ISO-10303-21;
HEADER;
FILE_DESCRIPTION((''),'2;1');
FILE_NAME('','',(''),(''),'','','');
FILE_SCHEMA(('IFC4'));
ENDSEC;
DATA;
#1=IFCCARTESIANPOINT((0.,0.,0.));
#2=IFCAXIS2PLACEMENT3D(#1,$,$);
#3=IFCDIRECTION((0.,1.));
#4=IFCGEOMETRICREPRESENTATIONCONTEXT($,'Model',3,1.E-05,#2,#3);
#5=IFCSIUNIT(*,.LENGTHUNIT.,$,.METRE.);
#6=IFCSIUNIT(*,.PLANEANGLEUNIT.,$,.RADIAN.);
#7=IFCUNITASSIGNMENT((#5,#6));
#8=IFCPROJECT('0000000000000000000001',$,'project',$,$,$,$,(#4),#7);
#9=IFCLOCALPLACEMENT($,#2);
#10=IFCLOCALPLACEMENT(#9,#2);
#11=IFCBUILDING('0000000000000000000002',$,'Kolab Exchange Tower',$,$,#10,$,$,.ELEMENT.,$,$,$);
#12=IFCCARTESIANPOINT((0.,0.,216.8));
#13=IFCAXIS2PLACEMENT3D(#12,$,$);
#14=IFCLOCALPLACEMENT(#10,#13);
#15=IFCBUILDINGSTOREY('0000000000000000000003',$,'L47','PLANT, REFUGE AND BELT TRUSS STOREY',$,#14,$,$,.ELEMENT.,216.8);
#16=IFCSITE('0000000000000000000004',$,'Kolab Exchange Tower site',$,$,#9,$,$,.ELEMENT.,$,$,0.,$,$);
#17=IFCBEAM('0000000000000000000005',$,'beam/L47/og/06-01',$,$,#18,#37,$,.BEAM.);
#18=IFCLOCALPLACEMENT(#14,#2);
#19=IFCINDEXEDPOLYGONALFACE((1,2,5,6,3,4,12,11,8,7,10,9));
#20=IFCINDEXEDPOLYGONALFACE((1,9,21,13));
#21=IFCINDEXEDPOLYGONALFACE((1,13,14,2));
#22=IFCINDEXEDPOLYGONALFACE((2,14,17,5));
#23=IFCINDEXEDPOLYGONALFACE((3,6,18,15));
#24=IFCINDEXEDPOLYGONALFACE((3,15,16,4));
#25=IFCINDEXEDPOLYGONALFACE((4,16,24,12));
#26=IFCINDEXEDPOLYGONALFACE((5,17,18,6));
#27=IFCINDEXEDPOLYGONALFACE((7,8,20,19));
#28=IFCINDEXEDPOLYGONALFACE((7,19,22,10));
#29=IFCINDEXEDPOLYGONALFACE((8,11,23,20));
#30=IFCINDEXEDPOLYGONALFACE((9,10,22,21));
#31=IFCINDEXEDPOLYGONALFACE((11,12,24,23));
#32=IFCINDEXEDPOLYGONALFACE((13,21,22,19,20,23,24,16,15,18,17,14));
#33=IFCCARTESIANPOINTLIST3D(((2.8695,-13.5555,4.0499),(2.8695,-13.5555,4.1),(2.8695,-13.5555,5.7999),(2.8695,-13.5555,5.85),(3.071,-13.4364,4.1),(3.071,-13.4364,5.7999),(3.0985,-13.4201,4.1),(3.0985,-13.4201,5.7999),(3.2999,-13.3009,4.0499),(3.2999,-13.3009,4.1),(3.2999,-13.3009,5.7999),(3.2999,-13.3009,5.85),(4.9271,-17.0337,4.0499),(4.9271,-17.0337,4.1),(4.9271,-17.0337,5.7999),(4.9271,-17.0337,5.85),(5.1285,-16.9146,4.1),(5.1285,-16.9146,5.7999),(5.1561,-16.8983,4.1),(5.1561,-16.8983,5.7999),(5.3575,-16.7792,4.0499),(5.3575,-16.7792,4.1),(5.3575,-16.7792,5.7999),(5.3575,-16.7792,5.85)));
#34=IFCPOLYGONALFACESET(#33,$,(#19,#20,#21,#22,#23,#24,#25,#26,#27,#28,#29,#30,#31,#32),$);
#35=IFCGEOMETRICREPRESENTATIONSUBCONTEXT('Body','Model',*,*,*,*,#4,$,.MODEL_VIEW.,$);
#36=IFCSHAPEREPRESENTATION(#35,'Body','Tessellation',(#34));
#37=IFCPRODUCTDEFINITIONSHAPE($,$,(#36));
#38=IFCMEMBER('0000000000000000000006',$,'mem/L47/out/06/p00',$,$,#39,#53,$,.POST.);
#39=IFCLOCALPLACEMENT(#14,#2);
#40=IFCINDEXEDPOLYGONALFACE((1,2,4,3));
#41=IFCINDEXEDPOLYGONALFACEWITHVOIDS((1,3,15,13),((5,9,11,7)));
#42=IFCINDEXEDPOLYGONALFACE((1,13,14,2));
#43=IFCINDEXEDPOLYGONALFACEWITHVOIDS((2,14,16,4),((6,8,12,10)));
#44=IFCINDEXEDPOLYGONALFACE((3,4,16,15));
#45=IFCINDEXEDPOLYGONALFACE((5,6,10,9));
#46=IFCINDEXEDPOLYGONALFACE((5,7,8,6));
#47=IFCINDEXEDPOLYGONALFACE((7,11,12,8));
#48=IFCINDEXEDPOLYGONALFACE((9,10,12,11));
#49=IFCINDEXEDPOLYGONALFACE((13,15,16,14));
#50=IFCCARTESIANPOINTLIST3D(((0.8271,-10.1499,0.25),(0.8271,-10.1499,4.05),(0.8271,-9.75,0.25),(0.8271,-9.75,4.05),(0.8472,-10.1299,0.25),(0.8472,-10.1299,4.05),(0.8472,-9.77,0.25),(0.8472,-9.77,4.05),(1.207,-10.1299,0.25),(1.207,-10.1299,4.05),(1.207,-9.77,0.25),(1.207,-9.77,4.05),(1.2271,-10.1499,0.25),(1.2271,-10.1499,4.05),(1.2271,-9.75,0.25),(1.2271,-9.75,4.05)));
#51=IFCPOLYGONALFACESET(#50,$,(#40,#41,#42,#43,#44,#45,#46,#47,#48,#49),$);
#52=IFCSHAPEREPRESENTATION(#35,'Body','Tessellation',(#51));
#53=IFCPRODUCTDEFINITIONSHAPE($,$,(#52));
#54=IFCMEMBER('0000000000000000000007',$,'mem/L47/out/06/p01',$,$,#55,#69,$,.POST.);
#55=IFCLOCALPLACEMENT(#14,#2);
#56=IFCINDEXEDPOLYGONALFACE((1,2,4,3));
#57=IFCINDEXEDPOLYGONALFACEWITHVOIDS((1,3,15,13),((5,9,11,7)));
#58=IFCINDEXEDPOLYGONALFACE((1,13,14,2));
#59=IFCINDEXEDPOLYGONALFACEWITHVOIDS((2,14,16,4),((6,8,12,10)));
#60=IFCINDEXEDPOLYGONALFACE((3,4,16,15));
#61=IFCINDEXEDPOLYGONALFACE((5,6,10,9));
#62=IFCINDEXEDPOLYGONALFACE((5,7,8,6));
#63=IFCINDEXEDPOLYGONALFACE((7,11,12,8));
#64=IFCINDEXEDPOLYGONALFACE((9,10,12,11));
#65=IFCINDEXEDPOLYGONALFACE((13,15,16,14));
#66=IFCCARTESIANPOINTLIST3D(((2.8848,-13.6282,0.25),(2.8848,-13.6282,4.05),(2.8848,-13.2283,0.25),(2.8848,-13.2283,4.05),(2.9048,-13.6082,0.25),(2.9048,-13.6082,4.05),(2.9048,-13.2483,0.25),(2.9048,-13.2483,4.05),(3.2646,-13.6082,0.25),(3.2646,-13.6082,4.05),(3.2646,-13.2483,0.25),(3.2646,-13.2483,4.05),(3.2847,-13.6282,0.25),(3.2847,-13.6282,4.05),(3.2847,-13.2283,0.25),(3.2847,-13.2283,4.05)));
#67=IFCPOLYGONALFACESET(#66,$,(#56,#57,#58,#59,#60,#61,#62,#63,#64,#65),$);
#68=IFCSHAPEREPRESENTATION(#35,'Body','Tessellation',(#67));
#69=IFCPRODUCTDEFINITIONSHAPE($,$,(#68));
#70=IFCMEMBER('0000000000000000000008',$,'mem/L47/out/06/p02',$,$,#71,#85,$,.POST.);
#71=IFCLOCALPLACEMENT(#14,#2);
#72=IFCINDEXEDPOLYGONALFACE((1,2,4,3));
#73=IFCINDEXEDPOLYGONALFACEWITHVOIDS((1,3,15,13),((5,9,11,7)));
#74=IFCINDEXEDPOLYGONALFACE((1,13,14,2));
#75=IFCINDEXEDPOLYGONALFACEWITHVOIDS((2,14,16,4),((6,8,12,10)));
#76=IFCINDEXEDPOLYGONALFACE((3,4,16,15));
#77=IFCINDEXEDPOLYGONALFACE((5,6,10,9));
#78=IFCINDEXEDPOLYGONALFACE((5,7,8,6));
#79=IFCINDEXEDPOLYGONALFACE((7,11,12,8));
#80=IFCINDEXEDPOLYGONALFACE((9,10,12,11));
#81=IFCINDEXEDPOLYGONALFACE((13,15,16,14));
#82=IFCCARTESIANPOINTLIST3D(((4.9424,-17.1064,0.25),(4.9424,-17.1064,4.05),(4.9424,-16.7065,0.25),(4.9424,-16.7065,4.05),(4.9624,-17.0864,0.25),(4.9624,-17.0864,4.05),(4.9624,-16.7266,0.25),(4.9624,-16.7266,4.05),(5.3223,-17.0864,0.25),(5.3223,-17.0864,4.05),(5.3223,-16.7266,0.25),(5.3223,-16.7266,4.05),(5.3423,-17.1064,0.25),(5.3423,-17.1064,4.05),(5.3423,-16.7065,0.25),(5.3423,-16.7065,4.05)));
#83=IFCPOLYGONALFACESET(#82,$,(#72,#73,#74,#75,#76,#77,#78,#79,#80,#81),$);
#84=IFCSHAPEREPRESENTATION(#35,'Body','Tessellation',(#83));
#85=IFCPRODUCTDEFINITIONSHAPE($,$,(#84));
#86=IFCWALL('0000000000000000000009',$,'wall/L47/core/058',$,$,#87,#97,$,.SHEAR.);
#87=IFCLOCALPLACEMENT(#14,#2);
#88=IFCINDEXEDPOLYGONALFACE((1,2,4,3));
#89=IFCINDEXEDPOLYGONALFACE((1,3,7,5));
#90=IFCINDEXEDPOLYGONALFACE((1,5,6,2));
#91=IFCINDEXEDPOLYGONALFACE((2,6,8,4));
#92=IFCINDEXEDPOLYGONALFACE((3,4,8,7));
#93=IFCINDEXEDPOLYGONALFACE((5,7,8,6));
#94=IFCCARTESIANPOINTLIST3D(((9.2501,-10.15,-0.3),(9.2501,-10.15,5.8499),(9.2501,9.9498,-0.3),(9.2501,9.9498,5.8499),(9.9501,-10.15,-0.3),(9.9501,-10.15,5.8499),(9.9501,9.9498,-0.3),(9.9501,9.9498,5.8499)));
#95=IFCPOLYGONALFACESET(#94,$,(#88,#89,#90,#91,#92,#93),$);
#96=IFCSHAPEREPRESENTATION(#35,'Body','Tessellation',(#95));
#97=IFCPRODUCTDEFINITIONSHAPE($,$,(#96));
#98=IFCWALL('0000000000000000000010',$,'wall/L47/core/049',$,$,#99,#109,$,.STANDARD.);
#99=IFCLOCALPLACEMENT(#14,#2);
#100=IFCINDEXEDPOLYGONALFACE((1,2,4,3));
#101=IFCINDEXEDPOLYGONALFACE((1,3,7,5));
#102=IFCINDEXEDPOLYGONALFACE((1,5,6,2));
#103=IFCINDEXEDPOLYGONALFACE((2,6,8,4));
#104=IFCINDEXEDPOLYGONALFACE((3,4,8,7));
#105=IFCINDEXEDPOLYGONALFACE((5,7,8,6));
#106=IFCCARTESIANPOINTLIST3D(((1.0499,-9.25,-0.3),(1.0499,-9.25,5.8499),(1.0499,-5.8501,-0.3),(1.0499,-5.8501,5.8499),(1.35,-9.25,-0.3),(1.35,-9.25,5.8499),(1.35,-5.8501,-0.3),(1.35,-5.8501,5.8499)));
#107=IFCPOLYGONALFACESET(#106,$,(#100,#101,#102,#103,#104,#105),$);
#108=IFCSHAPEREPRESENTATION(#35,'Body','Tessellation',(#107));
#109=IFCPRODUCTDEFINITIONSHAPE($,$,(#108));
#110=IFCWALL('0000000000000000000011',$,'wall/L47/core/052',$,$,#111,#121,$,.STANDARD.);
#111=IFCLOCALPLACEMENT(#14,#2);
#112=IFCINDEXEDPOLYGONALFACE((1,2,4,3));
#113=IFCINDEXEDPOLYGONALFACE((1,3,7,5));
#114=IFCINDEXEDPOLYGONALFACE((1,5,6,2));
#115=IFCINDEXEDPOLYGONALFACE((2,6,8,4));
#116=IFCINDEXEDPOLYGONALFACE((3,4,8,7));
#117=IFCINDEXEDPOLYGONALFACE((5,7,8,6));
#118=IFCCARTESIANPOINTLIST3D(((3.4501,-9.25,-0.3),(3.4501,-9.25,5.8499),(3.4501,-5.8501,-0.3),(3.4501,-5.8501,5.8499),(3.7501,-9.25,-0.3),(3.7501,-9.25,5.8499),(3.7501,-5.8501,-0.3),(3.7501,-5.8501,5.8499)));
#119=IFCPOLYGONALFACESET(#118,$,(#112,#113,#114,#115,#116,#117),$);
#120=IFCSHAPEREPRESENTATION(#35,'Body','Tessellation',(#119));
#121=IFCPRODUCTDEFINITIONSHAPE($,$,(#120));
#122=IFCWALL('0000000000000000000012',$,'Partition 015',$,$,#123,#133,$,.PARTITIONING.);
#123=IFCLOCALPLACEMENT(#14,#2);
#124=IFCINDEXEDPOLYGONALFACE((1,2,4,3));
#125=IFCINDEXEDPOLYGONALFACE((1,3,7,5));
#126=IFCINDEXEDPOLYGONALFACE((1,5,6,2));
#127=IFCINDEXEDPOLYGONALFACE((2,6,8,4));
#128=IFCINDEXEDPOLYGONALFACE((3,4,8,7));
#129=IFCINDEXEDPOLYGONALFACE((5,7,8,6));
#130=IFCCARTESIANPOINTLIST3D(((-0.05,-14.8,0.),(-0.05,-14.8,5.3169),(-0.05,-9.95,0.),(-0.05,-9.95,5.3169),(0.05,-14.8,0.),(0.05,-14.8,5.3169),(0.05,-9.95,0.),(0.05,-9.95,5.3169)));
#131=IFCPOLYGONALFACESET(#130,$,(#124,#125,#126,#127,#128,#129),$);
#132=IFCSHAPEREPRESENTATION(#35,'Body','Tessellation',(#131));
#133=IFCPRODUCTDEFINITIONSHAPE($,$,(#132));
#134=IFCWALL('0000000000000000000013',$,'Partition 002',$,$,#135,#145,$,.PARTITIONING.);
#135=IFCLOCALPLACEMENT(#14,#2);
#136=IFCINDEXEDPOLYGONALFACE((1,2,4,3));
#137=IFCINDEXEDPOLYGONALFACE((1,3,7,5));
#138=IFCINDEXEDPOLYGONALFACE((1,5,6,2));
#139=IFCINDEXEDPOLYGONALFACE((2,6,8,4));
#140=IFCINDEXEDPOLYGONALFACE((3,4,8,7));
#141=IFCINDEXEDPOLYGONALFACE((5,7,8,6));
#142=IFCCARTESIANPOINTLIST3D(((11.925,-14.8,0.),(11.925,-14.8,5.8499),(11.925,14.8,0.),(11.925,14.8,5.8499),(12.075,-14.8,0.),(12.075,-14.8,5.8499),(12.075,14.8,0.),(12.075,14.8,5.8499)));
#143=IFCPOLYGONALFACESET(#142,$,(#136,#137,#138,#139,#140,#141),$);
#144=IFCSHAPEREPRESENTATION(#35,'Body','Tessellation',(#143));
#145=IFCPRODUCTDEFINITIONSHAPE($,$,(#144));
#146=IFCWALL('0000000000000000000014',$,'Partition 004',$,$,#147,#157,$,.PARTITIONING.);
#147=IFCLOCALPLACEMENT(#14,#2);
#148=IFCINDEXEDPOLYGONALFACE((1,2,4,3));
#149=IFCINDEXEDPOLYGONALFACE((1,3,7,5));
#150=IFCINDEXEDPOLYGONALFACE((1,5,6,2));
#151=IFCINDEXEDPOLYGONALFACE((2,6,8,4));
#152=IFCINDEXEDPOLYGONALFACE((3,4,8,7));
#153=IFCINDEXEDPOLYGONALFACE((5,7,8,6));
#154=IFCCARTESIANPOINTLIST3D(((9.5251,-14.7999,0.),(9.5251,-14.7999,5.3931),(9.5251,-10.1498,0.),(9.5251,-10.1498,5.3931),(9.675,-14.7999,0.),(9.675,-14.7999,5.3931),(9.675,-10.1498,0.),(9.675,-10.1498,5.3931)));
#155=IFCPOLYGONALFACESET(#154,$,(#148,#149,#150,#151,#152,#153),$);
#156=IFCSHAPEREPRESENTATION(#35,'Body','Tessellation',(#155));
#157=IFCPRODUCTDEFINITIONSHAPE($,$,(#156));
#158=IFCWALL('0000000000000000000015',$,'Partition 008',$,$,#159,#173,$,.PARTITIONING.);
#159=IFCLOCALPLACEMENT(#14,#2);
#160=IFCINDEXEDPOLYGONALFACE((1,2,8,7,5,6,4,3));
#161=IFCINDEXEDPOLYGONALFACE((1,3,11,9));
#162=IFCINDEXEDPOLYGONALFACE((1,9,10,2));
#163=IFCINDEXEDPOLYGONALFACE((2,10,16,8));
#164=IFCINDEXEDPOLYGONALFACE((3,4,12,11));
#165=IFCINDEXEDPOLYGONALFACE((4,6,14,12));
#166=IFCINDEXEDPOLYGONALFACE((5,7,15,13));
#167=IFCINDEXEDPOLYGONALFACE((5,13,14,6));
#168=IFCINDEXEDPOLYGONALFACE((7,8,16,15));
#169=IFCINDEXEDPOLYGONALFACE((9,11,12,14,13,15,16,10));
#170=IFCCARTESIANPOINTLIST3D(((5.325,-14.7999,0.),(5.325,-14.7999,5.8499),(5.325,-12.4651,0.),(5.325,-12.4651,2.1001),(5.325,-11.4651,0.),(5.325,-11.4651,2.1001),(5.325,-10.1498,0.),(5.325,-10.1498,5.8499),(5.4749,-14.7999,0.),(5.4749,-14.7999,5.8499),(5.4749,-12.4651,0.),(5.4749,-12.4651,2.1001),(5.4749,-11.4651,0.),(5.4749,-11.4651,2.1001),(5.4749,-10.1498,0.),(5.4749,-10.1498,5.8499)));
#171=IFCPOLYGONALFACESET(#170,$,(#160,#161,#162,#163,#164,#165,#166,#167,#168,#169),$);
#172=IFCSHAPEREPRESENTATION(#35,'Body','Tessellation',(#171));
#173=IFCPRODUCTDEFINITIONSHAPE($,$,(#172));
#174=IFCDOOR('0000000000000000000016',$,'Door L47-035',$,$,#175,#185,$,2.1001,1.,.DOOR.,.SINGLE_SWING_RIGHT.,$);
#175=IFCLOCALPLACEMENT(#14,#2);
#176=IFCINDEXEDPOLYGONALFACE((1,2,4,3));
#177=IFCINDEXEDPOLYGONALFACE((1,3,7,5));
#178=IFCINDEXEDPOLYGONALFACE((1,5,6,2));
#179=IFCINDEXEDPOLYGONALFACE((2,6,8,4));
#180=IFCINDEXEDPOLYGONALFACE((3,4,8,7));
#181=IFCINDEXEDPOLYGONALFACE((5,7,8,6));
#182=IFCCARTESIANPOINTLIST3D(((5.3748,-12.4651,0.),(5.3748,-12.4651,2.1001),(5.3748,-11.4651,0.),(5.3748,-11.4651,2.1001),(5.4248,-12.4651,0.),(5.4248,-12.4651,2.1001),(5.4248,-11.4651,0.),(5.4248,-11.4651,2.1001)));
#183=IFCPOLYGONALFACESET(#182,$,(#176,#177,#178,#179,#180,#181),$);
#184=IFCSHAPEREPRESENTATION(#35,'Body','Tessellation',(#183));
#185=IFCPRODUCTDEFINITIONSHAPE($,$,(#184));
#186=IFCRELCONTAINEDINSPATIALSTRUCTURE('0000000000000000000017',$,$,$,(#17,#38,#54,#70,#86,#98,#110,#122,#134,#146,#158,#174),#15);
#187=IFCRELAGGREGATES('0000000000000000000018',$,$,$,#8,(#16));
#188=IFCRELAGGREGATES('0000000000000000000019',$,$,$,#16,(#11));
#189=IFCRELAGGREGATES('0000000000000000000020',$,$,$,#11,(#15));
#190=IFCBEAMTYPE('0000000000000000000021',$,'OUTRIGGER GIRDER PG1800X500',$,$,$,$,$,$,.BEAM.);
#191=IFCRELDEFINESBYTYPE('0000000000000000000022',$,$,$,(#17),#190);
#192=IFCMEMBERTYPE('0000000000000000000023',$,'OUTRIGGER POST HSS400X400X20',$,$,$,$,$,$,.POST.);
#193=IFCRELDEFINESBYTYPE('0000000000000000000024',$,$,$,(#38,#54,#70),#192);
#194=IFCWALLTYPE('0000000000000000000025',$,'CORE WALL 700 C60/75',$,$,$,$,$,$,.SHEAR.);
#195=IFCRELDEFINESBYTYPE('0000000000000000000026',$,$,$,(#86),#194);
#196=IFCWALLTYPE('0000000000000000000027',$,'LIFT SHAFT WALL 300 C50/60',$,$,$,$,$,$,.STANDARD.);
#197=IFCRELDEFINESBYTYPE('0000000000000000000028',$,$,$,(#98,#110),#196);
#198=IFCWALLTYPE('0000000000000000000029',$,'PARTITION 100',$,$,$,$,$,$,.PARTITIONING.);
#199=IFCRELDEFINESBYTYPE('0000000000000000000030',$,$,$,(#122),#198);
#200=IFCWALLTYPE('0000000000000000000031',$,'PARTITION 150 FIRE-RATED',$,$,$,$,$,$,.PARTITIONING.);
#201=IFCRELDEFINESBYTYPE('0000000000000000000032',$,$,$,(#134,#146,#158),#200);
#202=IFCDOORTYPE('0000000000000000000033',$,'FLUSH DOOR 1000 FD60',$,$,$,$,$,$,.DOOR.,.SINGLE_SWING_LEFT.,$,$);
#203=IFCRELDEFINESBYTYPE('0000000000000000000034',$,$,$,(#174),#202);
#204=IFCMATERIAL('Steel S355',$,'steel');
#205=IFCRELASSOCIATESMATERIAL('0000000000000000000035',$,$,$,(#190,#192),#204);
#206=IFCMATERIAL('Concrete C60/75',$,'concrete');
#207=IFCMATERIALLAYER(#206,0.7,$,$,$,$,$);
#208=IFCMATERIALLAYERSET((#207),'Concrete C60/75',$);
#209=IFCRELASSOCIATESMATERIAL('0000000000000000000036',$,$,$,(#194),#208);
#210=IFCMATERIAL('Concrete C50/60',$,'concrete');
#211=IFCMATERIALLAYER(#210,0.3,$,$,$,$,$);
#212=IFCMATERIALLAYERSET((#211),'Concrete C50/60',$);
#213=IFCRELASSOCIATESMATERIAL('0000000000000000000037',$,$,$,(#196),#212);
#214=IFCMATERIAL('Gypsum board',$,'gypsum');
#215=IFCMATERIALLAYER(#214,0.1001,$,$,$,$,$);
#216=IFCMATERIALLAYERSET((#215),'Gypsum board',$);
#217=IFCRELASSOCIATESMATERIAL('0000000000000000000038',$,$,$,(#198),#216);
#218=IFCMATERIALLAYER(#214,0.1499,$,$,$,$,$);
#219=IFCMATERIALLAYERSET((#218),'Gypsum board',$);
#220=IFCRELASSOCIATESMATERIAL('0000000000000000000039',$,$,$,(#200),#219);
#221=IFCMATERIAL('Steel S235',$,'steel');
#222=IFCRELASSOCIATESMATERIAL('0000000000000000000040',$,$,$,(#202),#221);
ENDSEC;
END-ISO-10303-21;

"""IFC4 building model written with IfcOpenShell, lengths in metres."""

from ifc_helpers import new_model, si_unit, direction, frame, frame_2d, origin, origin_2d, place, context, subcontext, project, spatial, rectangle, hollow_rectangle, i_section, extrude, material, layer, layer_set, material_profile, profile_set, type_object, element, fill, save


model = new_model("IFC4")

# Units and contexts
model_context = context("Model", 3, precision=1e-05, world=origin(), true_north=direction((0.0, 1.0)))
body_context = subcontext(model_context, "Body", "Model", "MODEL_VIEW")
ifc_project = project(units=[si_unit("LENGTHUNIT", "METRE"), si_unit("PLANEANGLEUNIT", "RADIAN")], contexts=[model_context])

# Site, building, storey
site_placement = place(None, origin())
site = spatial("IfcSite", under=ifc_project, at=site_placement, Name="Kolab Exchange Tower site", CompositionType="ELEMENT", RefElevation=0.0)
building_placement = place(site_placement, origin())
building = spatial("IfcBuilding", under=site, at=building_placement, Name="Kolab Exchange Tower", CompositionType="ELEMENT")
storey_placement = place(building_placement, frame((0.0, 0.0, 216.8)))
storey = spatial("IfcBuildingStorey", under=building, at=storey_placement, Name="L47", Description="PLANT, REFUGE AND BELT TRUSS STOREY", CompositionType="ELEMENT", Elevation=216.8)

# Shared definitions
ifc_material_1 = material(Name="Steel S355", Category="steel")

# Beam
ifc_material_profile_1 = material_profile(ifc_material_1, i_section(OverallWidth=0.5, OverallDepth=1.8, WebThickness=0.032, FlangeThickness=0.05, at=origin_2d()), Name="PG1800X500")
ifc_profile_set_1 = profile_set([ifc_material_profile_1], Name="Steel S355")
beam_type_1 = type_object("IfcBeamType", Name="OUTRIGGER GIRDER PG1800X500", PredefinedType="BEAM", material=ifc_profile_set_1)
beam_1_placement = place(storey_placement, frame((3.0847, -13.4282, 4.95), z_axis=(0.509146, -0.86068, 0.0), x_axis=(0.86068, 0.509146, 0.0)))
element("IfcBeam", 1, at=beam_1_placement, inside=storey, type_object=beam_type_1, Name="beam/L47/og/06-01", PredefinedType="BEAM", context=body_context, shape_type="SweptSolid", body=[
    extrude(i_section(OverallWidth=0.5, OverallDepth=1.8, WebThickness=0.032, FlangeThickness=0.05, at=origin_2d()), origin(), (0.0, 0.0, 1.0), 4.0413),
])

# Members
ifc_material_profile_2 = material_profile(ifc_material_1, hollow_rectangle(XDim=0.3999, YDim=0.3999, WallThickness=0.02, at=origin_2d()), Name="HSS400X400X20")
ifc_profile_set_2 = profile_set([ifc_material_profile_2], Name="Steel S355")
member_type_1 = type_object("IfcMemberType", Name="OUTRIGGER POST HSS400X400X20", PredefinedType="POST", material=ifc_profile_set_2)
for number, where, z_axis, x_axis, name in (
    (2, (1.0271, -9.95, 0.25), (0.0, 0.0, 1.0), (1.0, 0.0, 0.0), "mem/L47/out/06/p00"),
    (3, (3.0847, -13.4282, 0.25), (0.0, 0.0, 1.0), (1.0, 0.0, 0.0), "mem/L47/out/06/p01"),
    (4, (5.1423, -16.9065, 0.25), (0.0, 0.0, 1.0), (1.0, 0.0, 0.0), "mem/L47/out/06/p02"),
):
    element("IfcMember", number, at=place(storey_placement, frame(where, z_axis=z_axis, x_axis=x_axis)), inside=storey, type_object=member_type_1, Name=name, PredefinedType="POST", context=body_context, shape_type="SweptSolid", body=[
        extrude(hollow_rectangle(XDim=0.3999, YDim=0.3999, WallThickness=0.02, at=origin_2d()), origin(), (0.0, 0.0, 1.0), 3.8),
    ])

# Walls
ifc_material_2 = material(Name="Concrete C60/75", Category="concrete")
ifc_layer_1 = layer(ifc_material_2, 0.7)
ifc_layer_set_1 = layer_set([ifc_layer_1], Name="Concrete C60/75")
wall_type_1 = type_object("IfcWallType", Name="CORE WALL 700 C60/75", PredefinedType="SHEAR", material=ifc_layer_set_1)
wall_1_placement = place(storey_placement, frame((9.6001, -10.1499, -0.3), z_axis=(0.0, 0.0, 1.0), x_axis=(0.0, 1.0, 0.0)))
element("IfcWall", 5, at=wall_1_placement, inside=storey, type_object=wall_type_1, Name="wall/L47/core/058", PredefinedType="SHEAR", context=body_context, shape_type="SweptSolid", body=[
    extrude(rectangle(XDim=20.0999, YDim=0.7, at=frame_2d((10.0498, 0.0))), origin(), (0.0, 0.0, 1.0), 6.1499),
])
ifc_material_3 = material(Name="Concrete C50/60", Category="concrete")
ifc_layer_2 = layer(ifc_material_3, 0.3)
ifc_layer_set_2 = layer_set([ifc_layer_2], Name="Concrete C50/60")
wall_type_2 = type_object("IfcWallType", Name="LIFT SHAFT WALL 300 C50/60", PredefinedType="STANDARD", material=ifc_layer_set_2)
for number, where, z_axis, x_axis, name in (
    (6, (1.2, -9.25, -0.3), (0.0, 0.0, 1.0), (0.0, 1.0, 0.0), "wall/L47/core/049"),
    (7, (3.6001, -9.25, -0.3), (0.0, 0.0, 1.0), (0.0, 1.0, 0.0), "wall/L47/core/052"),
):
    element("IfcWall", number, at=place(storey_placement, frame(where, z_axis=z_axis, x_axis=x_axis)), inside=storey, type_object=wall_type_2, Name=name, PredefinedType="STANDARD", context=body_context, shape_type="SweptSolid", body=[
        extrude(rectangle(XDim=3.3999, YDim=0.3, at=frame_2d((1.7, 0.0))), origin(), (0.0, 0.0, 1.0), 6.1499),
    ])
ifc_material_4 = material(Name="Gypsum board", Category="gypsum")
ifc_layer_3 = layer(ifc_material_4, 0.1001)
ifc_layer_set_3 = layer_set([ifc_layer_3], Name="Gypsum board")
wall_type_3 = type_object("IfcWallType", Name="PARTITION 100", PredefinedType="PARTITIONING", material=ifc_layer_set_3)
wall_2_placement = place(storey_placement, frame((0.0, -14.8, 0.0), z_axis=(0.0, 0.0, 1.0), x_axis=(0.0, 1.0, 0.0)))
element("IfcWall", 8, at=wall_2_placement, inside=storey, type_object=wall_type_3, Name="Partition 015", PredefinedType="PARTITIONING", context=body_context, shape_type="SweptSolid", body=[
    extrude(rectangle(XDim=4.8501, YDim=0.1001, at=frame_2d((2.425, 0.0))), origin(), (0.0, 0.0, 1.0), 5.3169),
])
ifc_layer_4 = layer(ifc_material_4, 0.1499)
ifc_layer_set_4 = layer_set([ifc_layer_4], Name="Gypsum board")
wall_type_4 = type_object("IfcWallType", Name="PARTITION 150 FIRE-RATED", PredefinedType="PARTITIONING", material=ifc_layer_set_4)
wall_3_placement = place(storey_placement, frame((12.0, -14.8, 0.0), z_axis=(0.0, 0.0, 1.0), x_axis=(0.0, 1.0, 0.0)))
element("IfcWall", 9, at=wall_3_placement, inside=storey, type_object=wall_type_4, Name="Partition 002", PredefinedType="PARTITIONING", context=body_context, shape_type="SweptSolid", body=[
    extrude(rectangle(XDim=29.6001, YDim=0.1499, at=frame_2d((14.8, 0.0))), origin(), (0.0, 0.0, 1.0), 5.8499),
])
wall_4_placement = place(storey_placement, frame((9.6001, -14.8, 0.0), z_axis=(0.0, 0.0, 1.0), x_axis=(0.0, 1.0, 0.0)))
element("IfcWall", 10, at=wall_4_placement, inside=storey, type_object=wall_type_4, Name="Partition 004", PredefinedType="PARTITIONING", context=body_context, shape_type="SweptSolid", body=[
    extrude(rectangle(XDim=4.6501, YDim=0.1499, at=frame_2d((2.3252, 0.0))), origin(), (0.0, 0.0, 1.0), 5.3931),
])

# Wall, opening, door
wall_5_placement = place(storey_placement, frame((5.3999, -14.8, 0.0), z_axis=(0.0, 0.0, 1.0), x_axis=(0.0, 1.0, 0.0)))
wall_5 = element("IfcWall", 11, at=wall_5_placement, inside=storey, type_object=wall_type_4, Name="Partition 008", PredefinedType="PARTITIONING", context=body_context, shape_type="SweptSolid", body=[
    extrude(rectangle(XDim=4.6501, YDim=0.1499, at=frame_2d((2.3252, 0.0))), origin(), (0.0, 0.0, 1.0), 5.8499),
])
opening_1_placement = place(wall_5_placement, frame((2.335, 0.0, 0.0)))
opening_1 = element("IfcOpeningElement", 12, at=opening_1_placement, cuts=wall_5, PredefinedType="OPENING", context=body_context, shape_type="SweptSolid", body=[
    extrude(rectangle(XDim=1.0, YDim=2.1001, at=frame_2d((0.5, 1.05))), frame((0.0, 0.085, 0.0), z_axis=(0.0, -1.0, 0.0), x_axis=(1.0, 0.0, 0.0)), (0.0, 0.0, 1.0), 0.1699),
])
ifc_material_5 = material(Name="Steel S235", Category="steel")
door_type_1 = type_object("IfcDoorType", Name="FLUSH DOOR 1000 FD60", OperationType="SINGLE_SWING_LEFT", PredefinedType="DOOR", material=ifc_material_5)
door_1_placement = place(opening_1_placement, frame((1.0, 0.0, 0.0), z_axis=(0.0, 0.0, 1.0), x_axis=(-1.0, 0.0, 0.0)))
door_1 = element("IfcDoor", 13, at=door_1_placement, inside=storey, type_object=door_type_1, Name="Door L47-035", OperationType="SINGLE_SWING_RIGHT", OverallHeight=2.1001, OverallWidth=1.0, PredefinedType="DOOR", context=body_context, shape_type="SweptSolid", body=[
    extrude(rectangle(XDim=1.0, YDim=2.1001, at=frame_2d((0.5, 1.05))), frame((0.0, 0.0249, 0.0), z_axis=(0.0, -1.0, 0.0), x_axis=(1.0, 0.0, 0.0)), (0.0, 0.0, 1.0), 0.05),
])
fill(opening_1, door_1)

save(model, "model.ifc")
